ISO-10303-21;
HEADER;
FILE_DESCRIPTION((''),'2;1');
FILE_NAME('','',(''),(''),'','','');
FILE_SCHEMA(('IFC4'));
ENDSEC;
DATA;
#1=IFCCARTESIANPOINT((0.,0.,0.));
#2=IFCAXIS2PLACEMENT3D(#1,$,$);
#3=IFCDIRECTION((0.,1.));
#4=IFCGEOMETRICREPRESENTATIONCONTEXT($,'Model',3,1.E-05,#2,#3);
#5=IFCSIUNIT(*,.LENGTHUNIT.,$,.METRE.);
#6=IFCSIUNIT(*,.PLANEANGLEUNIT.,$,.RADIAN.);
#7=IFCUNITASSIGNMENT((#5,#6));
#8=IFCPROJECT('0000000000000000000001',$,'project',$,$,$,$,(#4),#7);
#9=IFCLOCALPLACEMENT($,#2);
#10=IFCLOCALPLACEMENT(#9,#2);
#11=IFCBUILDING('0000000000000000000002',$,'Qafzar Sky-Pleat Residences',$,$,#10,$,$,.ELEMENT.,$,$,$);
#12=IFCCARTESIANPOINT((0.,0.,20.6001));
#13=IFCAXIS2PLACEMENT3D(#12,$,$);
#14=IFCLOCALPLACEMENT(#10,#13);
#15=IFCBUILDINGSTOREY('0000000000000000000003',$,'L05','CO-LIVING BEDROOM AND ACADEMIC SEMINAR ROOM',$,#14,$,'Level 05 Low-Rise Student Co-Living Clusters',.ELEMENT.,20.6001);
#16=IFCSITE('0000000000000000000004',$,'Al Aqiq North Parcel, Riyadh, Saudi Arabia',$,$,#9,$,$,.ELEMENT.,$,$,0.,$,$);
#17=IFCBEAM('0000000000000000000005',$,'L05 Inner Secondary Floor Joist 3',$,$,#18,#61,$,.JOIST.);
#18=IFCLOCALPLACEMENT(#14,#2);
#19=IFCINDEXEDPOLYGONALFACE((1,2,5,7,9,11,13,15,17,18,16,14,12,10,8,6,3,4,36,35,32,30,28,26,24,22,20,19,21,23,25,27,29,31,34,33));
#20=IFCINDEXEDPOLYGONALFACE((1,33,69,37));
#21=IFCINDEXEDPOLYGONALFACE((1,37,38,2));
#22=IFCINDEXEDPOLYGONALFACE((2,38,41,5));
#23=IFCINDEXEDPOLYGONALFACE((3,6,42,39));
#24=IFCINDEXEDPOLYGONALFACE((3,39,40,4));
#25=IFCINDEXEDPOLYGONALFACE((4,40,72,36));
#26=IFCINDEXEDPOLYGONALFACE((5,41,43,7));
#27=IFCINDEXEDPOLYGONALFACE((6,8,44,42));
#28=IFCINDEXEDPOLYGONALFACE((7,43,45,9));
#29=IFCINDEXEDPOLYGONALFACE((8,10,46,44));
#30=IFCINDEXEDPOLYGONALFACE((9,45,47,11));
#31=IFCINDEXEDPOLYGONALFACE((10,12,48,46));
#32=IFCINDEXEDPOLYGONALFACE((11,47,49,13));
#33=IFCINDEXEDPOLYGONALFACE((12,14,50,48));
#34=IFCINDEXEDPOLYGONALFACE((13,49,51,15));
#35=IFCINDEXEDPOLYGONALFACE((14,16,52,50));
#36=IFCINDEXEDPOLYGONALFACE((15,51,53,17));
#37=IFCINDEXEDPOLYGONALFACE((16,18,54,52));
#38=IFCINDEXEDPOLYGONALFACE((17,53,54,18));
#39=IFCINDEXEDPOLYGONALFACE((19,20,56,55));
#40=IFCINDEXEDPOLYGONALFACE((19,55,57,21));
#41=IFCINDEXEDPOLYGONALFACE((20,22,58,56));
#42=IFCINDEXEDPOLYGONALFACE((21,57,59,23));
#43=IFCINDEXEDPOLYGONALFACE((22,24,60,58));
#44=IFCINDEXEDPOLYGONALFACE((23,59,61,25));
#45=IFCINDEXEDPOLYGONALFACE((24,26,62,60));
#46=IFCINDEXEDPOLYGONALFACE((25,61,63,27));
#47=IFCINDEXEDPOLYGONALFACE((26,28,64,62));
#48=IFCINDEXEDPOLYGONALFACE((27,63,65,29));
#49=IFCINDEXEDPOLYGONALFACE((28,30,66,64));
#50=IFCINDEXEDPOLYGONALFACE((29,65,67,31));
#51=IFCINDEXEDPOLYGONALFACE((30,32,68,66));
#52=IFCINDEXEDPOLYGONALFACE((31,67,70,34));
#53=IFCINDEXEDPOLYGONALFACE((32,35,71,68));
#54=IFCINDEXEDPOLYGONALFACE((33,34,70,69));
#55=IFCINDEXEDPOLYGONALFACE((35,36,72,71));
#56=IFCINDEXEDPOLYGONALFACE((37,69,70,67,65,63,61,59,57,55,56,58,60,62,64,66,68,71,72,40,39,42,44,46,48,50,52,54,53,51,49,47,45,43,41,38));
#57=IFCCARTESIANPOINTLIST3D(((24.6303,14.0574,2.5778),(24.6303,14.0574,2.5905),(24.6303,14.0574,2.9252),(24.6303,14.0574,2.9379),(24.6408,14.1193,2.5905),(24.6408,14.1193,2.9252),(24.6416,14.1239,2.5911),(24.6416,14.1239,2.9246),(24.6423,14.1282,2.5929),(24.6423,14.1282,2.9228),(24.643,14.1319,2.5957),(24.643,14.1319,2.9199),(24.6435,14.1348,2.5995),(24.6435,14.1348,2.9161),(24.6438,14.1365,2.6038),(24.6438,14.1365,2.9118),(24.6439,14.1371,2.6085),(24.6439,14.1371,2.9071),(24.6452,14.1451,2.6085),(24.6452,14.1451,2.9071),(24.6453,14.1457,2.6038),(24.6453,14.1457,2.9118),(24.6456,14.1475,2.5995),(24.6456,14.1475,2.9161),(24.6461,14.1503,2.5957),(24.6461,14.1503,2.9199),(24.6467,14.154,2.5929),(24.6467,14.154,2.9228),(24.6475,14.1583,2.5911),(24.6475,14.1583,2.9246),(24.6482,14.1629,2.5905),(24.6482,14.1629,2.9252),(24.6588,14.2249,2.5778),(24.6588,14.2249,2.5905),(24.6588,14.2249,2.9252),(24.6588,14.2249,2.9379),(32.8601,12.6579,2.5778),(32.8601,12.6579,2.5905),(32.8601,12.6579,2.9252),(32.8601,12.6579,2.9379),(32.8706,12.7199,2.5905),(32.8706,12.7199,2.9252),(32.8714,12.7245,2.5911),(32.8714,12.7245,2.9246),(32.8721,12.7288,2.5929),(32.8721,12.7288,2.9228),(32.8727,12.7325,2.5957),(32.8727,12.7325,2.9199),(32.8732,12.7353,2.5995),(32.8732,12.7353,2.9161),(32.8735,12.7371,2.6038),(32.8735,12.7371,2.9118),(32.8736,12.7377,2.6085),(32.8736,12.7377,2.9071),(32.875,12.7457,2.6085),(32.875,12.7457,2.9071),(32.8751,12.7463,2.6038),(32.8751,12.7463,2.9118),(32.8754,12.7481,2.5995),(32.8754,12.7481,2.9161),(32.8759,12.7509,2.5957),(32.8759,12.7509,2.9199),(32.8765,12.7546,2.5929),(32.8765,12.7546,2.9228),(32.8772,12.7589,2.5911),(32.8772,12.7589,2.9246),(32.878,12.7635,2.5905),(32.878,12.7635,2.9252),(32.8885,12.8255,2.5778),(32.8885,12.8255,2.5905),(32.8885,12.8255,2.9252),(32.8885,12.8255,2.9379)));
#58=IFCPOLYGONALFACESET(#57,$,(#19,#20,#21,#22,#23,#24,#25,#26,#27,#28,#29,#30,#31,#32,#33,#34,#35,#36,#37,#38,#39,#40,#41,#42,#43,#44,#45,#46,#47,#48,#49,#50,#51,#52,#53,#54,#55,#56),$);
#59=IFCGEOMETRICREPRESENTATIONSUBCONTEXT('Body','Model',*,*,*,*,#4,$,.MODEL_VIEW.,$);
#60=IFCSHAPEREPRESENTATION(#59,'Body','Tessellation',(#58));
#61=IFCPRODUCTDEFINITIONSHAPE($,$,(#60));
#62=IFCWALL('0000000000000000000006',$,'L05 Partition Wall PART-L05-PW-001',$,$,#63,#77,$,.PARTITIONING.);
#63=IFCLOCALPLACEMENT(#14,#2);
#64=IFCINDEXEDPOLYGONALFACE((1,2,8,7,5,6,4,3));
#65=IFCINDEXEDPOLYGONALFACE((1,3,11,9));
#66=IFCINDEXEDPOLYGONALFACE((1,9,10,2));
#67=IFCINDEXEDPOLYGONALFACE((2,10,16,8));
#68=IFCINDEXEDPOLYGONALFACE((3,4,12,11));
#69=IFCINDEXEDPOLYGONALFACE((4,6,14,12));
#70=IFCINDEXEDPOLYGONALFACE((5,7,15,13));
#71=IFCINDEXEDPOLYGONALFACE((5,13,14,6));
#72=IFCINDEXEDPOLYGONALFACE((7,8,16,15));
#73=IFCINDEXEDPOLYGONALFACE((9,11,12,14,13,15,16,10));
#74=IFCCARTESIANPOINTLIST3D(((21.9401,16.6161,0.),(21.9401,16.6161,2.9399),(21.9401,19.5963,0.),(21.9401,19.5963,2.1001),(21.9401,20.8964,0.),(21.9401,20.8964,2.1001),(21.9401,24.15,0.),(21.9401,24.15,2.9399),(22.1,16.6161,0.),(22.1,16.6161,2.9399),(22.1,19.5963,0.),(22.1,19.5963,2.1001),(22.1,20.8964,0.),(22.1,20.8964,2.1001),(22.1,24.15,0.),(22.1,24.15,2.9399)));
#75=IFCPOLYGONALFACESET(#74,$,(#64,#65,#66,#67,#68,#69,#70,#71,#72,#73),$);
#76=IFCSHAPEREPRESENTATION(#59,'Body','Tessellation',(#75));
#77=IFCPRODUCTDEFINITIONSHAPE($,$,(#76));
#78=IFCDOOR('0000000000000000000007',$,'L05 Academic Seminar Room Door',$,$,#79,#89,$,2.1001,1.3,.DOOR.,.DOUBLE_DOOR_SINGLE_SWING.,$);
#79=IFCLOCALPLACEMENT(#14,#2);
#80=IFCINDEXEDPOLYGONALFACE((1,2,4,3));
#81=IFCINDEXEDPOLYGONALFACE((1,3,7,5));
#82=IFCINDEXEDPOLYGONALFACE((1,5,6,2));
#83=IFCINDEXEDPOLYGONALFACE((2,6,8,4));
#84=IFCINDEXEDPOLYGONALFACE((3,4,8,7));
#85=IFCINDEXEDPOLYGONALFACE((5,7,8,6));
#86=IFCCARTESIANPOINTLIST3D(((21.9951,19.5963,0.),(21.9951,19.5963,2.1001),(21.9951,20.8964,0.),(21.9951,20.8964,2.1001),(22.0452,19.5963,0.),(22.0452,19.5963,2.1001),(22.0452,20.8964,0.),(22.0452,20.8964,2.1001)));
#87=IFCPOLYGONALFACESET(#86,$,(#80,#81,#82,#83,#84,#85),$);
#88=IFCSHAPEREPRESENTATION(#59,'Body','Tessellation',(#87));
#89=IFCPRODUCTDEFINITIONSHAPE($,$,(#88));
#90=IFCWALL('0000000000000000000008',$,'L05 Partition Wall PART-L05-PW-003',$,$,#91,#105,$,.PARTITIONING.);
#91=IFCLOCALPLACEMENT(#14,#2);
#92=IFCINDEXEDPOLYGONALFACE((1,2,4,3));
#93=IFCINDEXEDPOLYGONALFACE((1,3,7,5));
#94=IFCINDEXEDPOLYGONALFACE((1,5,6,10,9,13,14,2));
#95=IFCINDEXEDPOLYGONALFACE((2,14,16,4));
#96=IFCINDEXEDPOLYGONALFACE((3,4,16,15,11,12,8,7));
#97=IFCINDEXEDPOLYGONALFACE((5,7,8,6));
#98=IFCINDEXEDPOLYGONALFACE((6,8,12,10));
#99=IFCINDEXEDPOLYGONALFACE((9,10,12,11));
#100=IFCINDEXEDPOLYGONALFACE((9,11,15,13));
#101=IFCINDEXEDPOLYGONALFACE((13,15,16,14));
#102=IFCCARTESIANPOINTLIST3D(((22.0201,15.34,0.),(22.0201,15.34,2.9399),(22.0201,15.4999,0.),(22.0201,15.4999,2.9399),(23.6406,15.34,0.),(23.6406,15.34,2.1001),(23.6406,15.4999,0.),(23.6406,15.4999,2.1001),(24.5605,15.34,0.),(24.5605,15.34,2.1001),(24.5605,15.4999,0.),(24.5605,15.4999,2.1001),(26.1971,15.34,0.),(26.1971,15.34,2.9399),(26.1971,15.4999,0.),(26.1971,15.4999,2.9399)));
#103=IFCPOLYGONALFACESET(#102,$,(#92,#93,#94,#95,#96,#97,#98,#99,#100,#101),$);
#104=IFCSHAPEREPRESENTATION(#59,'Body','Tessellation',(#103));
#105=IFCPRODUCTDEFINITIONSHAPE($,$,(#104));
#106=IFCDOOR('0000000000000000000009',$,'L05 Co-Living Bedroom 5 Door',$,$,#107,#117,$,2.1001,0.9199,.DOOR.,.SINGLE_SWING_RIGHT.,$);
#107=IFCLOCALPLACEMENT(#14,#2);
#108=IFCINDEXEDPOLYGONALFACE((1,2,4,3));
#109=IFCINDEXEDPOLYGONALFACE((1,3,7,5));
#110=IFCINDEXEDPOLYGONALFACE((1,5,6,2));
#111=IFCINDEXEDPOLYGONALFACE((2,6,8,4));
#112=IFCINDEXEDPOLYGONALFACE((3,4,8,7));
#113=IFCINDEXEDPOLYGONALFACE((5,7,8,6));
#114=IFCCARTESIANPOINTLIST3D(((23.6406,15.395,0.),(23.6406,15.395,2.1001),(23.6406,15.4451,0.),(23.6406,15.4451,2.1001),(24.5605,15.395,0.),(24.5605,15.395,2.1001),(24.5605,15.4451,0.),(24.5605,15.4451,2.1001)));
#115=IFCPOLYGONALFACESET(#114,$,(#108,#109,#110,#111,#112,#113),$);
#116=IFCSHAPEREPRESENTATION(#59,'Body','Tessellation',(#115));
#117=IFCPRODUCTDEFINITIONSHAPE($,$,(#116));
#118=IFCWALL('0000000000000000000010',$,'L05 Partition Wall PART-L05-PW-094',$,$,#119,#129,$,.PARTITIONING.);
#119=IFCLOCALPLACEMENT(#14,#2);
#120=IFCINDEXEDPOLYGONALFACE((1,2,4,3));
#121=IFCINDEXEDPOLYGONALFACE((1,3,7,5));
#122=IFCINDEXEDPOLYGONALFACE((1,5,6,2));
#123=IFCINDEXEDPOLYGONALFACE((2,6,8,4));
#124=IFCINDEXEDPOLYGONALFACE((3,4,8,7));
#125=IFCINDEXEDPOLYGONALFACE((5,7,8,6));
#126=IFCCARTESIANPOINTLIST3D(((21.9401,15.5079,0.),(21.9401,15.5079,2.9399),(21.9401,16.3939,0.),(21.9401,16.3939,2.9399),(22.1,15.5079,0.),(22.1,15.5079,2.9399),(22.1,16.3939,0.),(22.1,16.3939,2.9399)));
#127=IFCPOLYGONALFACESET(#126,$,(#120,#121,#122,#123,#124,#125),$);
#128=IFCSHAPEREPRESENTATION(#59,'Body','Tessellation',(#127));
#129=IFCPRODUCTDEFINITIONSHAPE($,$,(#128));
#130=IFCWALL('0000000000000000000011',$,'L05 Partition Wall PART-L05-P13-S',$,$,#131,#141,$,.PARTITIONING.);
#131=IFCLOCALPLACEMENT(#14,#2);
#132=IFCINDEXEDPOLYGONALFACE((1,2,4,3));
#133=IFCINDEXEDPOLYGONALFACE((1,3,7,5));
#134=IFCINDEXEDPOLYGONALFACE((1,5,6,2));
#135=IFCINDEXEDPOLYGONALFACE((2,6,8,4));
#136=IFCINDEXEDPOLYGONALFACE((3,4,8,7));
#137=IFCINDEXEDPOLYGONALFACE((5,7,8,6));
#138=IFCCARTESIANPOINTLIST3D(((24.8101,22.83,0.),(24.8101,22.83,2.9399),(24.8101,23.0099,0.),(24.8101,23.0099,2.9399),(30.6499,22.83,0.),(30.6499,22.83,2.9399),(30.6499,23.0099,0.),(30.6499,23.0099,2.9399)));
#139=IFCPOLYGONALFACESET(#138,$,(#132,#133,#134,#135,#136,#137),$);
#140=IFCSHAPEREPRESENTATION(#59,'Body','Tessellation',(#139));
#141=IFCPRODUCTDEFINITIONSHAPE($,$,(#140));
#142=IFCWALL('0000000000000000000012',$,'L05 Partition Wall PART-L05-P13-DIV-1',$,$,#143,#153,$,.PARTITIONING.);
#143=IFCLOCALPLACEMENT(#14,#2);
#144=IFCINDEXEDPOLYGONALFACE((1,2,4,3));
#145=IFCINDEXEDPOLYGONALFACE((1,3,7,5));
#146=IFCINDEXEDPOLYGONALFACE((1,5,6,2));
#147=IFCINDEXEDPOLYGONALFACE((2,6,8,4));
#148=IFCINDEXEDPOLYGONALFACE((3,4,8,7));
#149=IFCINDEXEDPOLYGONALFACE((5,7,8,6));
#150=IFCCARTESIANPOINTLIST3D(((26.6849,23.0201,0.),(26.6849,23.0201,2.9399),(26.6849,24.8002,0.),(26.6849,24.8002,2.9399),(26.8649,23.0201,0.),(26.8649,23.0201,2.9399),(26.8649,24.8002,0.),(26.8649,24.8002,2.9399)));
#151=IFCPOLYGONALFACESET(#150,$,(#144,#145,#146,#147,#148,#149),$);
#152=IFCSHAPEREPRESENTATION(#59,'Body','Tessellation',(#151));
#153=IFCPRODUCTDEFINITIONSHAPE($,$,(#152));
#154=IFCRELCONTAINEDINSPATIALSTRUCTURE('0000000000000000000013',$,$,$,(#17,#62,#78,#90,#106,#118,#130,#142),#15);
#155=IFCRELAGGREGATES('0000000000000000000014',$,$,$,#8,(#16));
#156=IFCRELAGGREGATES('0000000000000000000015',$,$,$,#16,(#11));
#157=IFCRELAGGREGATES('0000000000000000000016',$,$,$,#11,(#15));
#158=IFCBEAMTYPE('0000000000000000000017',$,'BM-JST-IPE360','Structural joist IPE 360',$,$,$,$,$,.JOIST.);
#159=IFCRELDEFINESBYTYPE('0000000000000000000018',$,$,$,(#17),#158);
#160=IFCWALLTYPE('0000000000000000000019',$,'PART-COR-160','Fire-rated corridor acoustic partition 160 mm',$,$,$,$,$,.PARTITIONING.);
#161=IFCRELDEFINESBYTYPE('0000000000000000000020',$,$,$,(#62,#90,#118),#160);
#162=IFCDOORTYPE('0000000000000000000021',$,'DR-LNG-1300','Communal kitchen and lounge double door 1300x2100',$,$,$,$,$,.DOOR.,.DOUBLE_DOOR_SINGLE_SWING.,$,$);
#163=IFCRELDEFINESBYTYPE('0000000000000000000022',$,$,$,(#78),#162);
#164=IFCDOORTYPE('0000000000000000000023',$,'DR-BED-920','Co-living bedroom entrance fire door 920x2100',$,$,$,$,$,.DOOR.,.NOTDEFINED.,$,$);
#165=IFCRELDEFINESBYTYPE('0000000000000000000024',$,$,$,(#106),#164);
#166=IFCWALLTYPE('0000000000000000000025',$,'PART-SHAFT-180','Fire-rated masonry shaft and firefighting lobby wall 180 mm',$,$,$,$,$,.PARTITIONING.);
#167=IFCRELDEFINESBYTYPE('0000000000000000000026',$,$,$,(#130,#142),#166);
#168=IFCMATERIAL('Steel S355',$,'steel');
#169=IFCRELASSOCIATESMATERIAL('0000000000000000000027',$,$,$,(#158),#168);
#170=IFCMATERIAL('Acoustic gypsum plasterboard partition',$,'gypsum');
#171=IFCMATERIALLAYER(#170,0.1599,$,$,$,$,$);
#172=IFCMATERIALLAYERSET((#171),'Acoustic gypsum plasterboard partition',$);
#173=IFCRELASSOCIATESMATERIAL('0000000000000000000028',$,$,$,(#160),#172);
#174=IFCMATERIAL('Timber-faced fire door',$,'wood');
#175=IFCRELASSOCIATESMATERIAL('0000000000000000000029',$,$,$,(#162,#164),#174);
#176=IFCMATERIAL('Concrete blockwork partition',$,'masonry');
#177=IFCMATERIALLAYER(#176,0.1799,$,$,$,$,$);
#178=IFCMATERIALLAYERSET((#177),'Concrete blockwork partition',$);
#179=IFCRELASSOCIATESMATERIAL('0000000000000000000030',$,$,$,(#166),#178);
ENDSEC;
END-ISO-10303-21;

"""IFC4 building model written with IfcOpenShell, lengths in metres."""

from ifc_helpers import new_model, si_unit, direction, frame, frame_2d, origin, origin_2d, place, context, subcontext, project, spatial, rectangle, i_section, extrude, source, transform, mapped, material, layer, layer_set, material_profile, profile_set, type_object, element, fill, save


model = new_model("IFC4")

# Units and contexts
model_context = context("Model", 3, precision=1e-05, world=origin(), true_north=direction((0.0, 1.0)))
body_context = subcontext(model_context, "Body", "Model", "MODEL_VIEW")
ifc_project = project(units=[si_unit("LENGTHUNIT", "METRE"), si_unit("PLANEANGLEUNIT", "RADIAN")], contexts=[model_context])

# Site, building, storey
site_placement = place(None, origin())
site = spatial("IfcSite", under=ifc_project, at=site_placement, Name="Al Aqiq North Parcel, Riyadh, Saudi Arabia", CompositionType="ELEMENT", RefElevation=0.0)
building_placement = place(site_placement, origin())
building = spatial("IfcBuilding", under=site, at=building_placement, Name="Qafzar Sky-Pleat Residences", CompositionType="ELEMENT")
storey_placement = place(building_placement, frame((0.0, 0.0, 20.6001)))
storey = spatial("IfcBuildingStorey", under=building, at=storey_placement, Name="L05", Description="CO-LIVING BEDROOM AND ACADEMIC SEMINAR ROOM", LongName="Level 05 Low-Rise Student Co-Living Clusters", CompositionType="ELEMENT", Elevation=20.6001)

# Beam
ifc_material_1 = material(Name="Steel S355", Category="steel")
ifc_material_profile = material_profile(ifc_material_1, i_section(OverallWidth=0.1699, OverallDepth=0.3601, WebThickness=0.0081, FlangeThickness=0.0127, FilletRadius=0.0181, at=origin_2d()), Name="IPE 360")
ifc_profile_set = profile_set([ifc_material_profile], Name="Steel S355")
beam_type = type_object("IfcBeamType", Name="BM-JST-IPE360", Description="Structural joist IPE 360", PredefinedType="JOIST", material=ifc_profile_set)
shared_shape_1 = source(origin(), body_context, "Body", "SweptSolid", [
    extrude(i_section(OverallWidth=0.1699, OverallDepth=0.3601, WebThickness=0.0081, FlangeThickness=0.0127, FilletRadius=0.0181, at=origin_2d()), origin(), (0.0, 0.0, 1.0), 8.3479),
])
beam_placement = place(storey_placement, frame((24.6445, 14.1411, 2.7578), z_axis=(0.985849, -0.167637, 0.0), x_axis=(0.167637, 0.985849, 0.0)))
element("IfcBeam", 1, at=beam_placement, inside=storey, type_object=beam_type, Name="L05 Inner Secondary Floor Joist 3", PredefinedType="JOIST", context=body_context, shape_type="MappedRepresentation", body=[
    mapped(shared_shape_1, transform((0.0, 0.0, 0.0), x_axis=(1.0, 0.0, 0.0), y_axis=(0.0, 1.0, 0.0), z_axis=(0.0, 0.0, 1.0), scale=1.0)),
])

# Walls, openings, doors
ifc_material_2 = material(Name="Acoustic gypsum plasterboard partition", Category="gypsum")
ifc_layer_1 = layer(ifc_material_2, 0.1599)
ifc_layer_set_1 = layer_set([ifc_layer_1], Name="Acoustic gypsum plasterboard partition")
wall_type_1 = type_object("IfcWallType", Name="PART-COR-160", Description="Fire-rated corridor acoustic partition 160 mm", PredefinedType="PARTITIONING", material=ifc_layer_set_1)
wall_1_placement = place(storey_placement, frame((22.02, 16.616, 0.0), z_axis=(0.0, 0.0, 1.0), x_axis=(0.0, 1.0, 0.0)))
wall_1 = element("IfcWall", 2, at=wall_1_placement, inside=storey, type_object=wall_type_1, Name="L05 Partition Wall PART-L05-PW-001", PredefinedType="PARTITIONING", context=body_context, shape_type="SweptSolid", body=[
    extrude(rectangle(XDim=7.5339, YDim=0.1599, at=frame_2d((3.7671, 0.0))), origin(), (0.0, 0.0, 1.0), 2.9399),
])
opening_1_placement = place(wall_1_placement, frame((2.9805, 0.0, 0.0)))
opening_1 = element("IfcOpeningElement", 3, at=opening_1_placement, cuts=wall_1, PredefinedType="OPENING", context=body_context, shape_type="SweptSolid", body=[
    extrude(rectangle(XDim=1.3, YDim=2.1001, at=frame_2d((0.6499, 1.05))), frame((0.0, 0.0898, 0.0), z_axis=(0.0, -1.0, 0.0), x_axis=(1.0, 0.0, 0.0)), (0.0, 0.0, 1.0), 0.1799),
])
ifc_material_3 = material(Name="Timber-faced fire door", Category="wood")
door_type_1 = type_object("IfcDoorType", Name="DR-LNG-1300", Description="Communal kitchen and lounge double door 1300x2100", OperationType="DOUBLE_DOOR_SINGLE_SWING", PredefinedType="DOOR", material=ifc_material_3)
shared_shape_2 = source(origin(), body_context, "Body", "SweptSolid", [
    extrude(rectangle(XDim=1.3, YDim=2.1001, at=frame_2d((0.6499, 1.05))), frame((0.0, 0.0249, 0.0), z_axis=(0.0, -1.0, 0.0), x_axis=(1.0, 0.0, 0.0)), (0.0, 0.0, 1.0), 0.05),
])
door_1_placement = place(opening_1_placement, origin())
door_1 = element("IfcDoor", 4, at=door_1_placement, inside=storey, type_object=door_type_1, Name="L05 Academic Seminar Room Door", OperationType="DOUBLE_DOOR_SINGLE_SWING", OverallHeight=2.1001, OverallWidth=1.3, PredefinedType="DOOR", context=body_context, shape_type="MappedRepresentation", body=[
    mapped(shared_shape_2, transform((0.0, 0.0, 0.0), x_axis=(1.0, 0.0, 0.0), y_axis=(0.0, 1.0, 0.0), z_axis=(0.0, 0.0, 1.0), scale=1.0)),
])
fill(opening_1, door_1)
wall_2_placement = place(storey_placement, frame((26.197, 15.4199, 0.0), z_axis=(0.0, 0.0, 1.0), x_axis=(-1.0, 0.0, 0.0)))
wall_2 = element("IfcWall", 5, at=wall_2_placement, inside=storey, type_object=wall_type_1, Name="L05 Partition Wall PART-L05-PW-003", PredefinedType="PARTITIONING", context=body_context, shape_type="SweptSolid", body=[
    extrude(rectangle(XDim=4.177, YDim=0.1599, at=frame_2d((2.0884, 0.0))), origin(), (0.0, 0.0, 1.0), 2.9399),
])
opening_2_placement = place(wall_2_placement, frame((1.6365, 0.0, 0.0)))
opening_2 = element("IfcOpeningElement", 6, at=opening_2_placement, cuts=wall_2, PredefinedType="OPENING", context=body_context, shape_type="SweptSolid", body=[
    extrude(rectangle(XDim=0.9199, YDim=2.1001, at=frame_2d((0.46, 1.05))), frame((0.0, 0.0898, 0.0), z_axis=(0.0, -1.0, 0.0), x_axis=(1.0, 0.0, 0.0)), (0.0, 0.0, 1.0), 0.1799),
])
door_type_2 = type_object("IfcDoorType", Name="DR-BED-920", Description="Co-living bedroom entrance fire door 920x2100", OperationType="NOTDEFINED", PredefinedType="DOOR", material=ifc_material_3)
shared_shape_3 = source(origin(), body_context, "Body", "SweptSolid", [
    extrude(rectangle(XDim=0.9199, YDim=2.1001, at=frame_2d((0.46, 1.05))), frame((0.0, 0.0249, 0.0), z_axis=(0.0, -1.0, 0.0), x_axis=(1.0, 0.0, 0.0)), (0.0, 0.0, 1.0), 0.05),
])
door_2_placement = place(opening_2_placement, origin())
door_2 = element("IfcDoor", 7, at=door_2_placement, inside=storey, type_object=door_type_2, Name="L05 Co-Living Bedroom 5 Door", OperationType="SINGLE_SWING_RIGHT", OverallHeight=2.1001, OverallWidth=0.9199, PredefinedType="DOOR", context=body_context, shape_type="MappedRepresentation", body=[
    mapped(shared_shape_3, transform((0.0, 0.0, 0.0), x_axis=(1.0, 0.0, 0.0), y_axis=(0.0, 1.0, 0.0), z_axis=(0.0, 0.0, 1.0), scale=1.0)),
])
fill(opening_2, door_2)

# Walls
wall_3_placement = place(storey_placement, frame((22.02, 15.5081, 0.0), z_axis=(0.0, 0.0, 1.0), x_axis=(0.0, 1.0, 0.0)))
element("IfcWall", 8, at=wall_3_placement, inside=storey, type_object=wall_type_1, Name="L05 Partition Wall PART-L05-PW-094", PredefinedType="PARTITIONING", context=body_context, shape_type="SweptSolid", body=[
    extrude(rectangle(XDim=0.886, YDim=0.1599, at=frame_2d((0.4429, 0.0))), origin(), (0.0, 0.0, 1.0), 2.9399),
])
ifc_material_4 = material(Name="Concrete blockwork partition", Category="masonry")
ifc_layer_2 = layer(ifc_material_4, 0.1799)
ifc_layer_set_2 = layer_set([ifc_layer_2], Name="Concrete blockwork partition")
wall_type_2 = type_object("IfcWallType", Name="PART-SHAFT-180", Description="Fire-rated masonry shaft and firefighting lobby wall 180 mm", PredefinedType="PARTITIONING", material=ifc_layer_set_2)
wall_4_placement = place(storey_placement, frame((24.8101, 22.9199, 0.0), z_axis=(0.0, 0.0, 1.0), x_axis=(1.0, 0.0, 0.0)))
element("IfcWall", 9, at=wall_4_placement, inside=storey, type_object=wall_type_2, Name="L05 Partition Wall PART-L05-P13-S", PredefinedType="PARTITIONING", context=body_context, shape_type="SweptSolid", body=[
    extrude(rectangle(XDim=5.8398, YDim=0.1799, at=frame_2d((2.9199, 0.0))), origin(), (0.0, 0.0, 1.0), 2.9399),
])
wall_5_placement = place(storey_placement, frame((26.7749, 23.02, 0.0), z_axis=(0.0, 0.0, 1.0), x_axis=(0.0, 1.0, 0.0)))
element("IfcWall", 10, at=wall_5_placement, inside=storey, type_object=wall_type_2, Name="L05 Partition Wall PART-L05-P13-DIV-1", PredefinedType="PARTITIONING", context=body_context, shape_type="SweptSolid", body=[
    extrude(rectangle(XDim=1.78, YDim=0.1799, at=frame_2d((0.8901, 0.0))), origin(), (0.0, 0.0, 1.0), 2.9399),
])

save(model, "model.ifc")
